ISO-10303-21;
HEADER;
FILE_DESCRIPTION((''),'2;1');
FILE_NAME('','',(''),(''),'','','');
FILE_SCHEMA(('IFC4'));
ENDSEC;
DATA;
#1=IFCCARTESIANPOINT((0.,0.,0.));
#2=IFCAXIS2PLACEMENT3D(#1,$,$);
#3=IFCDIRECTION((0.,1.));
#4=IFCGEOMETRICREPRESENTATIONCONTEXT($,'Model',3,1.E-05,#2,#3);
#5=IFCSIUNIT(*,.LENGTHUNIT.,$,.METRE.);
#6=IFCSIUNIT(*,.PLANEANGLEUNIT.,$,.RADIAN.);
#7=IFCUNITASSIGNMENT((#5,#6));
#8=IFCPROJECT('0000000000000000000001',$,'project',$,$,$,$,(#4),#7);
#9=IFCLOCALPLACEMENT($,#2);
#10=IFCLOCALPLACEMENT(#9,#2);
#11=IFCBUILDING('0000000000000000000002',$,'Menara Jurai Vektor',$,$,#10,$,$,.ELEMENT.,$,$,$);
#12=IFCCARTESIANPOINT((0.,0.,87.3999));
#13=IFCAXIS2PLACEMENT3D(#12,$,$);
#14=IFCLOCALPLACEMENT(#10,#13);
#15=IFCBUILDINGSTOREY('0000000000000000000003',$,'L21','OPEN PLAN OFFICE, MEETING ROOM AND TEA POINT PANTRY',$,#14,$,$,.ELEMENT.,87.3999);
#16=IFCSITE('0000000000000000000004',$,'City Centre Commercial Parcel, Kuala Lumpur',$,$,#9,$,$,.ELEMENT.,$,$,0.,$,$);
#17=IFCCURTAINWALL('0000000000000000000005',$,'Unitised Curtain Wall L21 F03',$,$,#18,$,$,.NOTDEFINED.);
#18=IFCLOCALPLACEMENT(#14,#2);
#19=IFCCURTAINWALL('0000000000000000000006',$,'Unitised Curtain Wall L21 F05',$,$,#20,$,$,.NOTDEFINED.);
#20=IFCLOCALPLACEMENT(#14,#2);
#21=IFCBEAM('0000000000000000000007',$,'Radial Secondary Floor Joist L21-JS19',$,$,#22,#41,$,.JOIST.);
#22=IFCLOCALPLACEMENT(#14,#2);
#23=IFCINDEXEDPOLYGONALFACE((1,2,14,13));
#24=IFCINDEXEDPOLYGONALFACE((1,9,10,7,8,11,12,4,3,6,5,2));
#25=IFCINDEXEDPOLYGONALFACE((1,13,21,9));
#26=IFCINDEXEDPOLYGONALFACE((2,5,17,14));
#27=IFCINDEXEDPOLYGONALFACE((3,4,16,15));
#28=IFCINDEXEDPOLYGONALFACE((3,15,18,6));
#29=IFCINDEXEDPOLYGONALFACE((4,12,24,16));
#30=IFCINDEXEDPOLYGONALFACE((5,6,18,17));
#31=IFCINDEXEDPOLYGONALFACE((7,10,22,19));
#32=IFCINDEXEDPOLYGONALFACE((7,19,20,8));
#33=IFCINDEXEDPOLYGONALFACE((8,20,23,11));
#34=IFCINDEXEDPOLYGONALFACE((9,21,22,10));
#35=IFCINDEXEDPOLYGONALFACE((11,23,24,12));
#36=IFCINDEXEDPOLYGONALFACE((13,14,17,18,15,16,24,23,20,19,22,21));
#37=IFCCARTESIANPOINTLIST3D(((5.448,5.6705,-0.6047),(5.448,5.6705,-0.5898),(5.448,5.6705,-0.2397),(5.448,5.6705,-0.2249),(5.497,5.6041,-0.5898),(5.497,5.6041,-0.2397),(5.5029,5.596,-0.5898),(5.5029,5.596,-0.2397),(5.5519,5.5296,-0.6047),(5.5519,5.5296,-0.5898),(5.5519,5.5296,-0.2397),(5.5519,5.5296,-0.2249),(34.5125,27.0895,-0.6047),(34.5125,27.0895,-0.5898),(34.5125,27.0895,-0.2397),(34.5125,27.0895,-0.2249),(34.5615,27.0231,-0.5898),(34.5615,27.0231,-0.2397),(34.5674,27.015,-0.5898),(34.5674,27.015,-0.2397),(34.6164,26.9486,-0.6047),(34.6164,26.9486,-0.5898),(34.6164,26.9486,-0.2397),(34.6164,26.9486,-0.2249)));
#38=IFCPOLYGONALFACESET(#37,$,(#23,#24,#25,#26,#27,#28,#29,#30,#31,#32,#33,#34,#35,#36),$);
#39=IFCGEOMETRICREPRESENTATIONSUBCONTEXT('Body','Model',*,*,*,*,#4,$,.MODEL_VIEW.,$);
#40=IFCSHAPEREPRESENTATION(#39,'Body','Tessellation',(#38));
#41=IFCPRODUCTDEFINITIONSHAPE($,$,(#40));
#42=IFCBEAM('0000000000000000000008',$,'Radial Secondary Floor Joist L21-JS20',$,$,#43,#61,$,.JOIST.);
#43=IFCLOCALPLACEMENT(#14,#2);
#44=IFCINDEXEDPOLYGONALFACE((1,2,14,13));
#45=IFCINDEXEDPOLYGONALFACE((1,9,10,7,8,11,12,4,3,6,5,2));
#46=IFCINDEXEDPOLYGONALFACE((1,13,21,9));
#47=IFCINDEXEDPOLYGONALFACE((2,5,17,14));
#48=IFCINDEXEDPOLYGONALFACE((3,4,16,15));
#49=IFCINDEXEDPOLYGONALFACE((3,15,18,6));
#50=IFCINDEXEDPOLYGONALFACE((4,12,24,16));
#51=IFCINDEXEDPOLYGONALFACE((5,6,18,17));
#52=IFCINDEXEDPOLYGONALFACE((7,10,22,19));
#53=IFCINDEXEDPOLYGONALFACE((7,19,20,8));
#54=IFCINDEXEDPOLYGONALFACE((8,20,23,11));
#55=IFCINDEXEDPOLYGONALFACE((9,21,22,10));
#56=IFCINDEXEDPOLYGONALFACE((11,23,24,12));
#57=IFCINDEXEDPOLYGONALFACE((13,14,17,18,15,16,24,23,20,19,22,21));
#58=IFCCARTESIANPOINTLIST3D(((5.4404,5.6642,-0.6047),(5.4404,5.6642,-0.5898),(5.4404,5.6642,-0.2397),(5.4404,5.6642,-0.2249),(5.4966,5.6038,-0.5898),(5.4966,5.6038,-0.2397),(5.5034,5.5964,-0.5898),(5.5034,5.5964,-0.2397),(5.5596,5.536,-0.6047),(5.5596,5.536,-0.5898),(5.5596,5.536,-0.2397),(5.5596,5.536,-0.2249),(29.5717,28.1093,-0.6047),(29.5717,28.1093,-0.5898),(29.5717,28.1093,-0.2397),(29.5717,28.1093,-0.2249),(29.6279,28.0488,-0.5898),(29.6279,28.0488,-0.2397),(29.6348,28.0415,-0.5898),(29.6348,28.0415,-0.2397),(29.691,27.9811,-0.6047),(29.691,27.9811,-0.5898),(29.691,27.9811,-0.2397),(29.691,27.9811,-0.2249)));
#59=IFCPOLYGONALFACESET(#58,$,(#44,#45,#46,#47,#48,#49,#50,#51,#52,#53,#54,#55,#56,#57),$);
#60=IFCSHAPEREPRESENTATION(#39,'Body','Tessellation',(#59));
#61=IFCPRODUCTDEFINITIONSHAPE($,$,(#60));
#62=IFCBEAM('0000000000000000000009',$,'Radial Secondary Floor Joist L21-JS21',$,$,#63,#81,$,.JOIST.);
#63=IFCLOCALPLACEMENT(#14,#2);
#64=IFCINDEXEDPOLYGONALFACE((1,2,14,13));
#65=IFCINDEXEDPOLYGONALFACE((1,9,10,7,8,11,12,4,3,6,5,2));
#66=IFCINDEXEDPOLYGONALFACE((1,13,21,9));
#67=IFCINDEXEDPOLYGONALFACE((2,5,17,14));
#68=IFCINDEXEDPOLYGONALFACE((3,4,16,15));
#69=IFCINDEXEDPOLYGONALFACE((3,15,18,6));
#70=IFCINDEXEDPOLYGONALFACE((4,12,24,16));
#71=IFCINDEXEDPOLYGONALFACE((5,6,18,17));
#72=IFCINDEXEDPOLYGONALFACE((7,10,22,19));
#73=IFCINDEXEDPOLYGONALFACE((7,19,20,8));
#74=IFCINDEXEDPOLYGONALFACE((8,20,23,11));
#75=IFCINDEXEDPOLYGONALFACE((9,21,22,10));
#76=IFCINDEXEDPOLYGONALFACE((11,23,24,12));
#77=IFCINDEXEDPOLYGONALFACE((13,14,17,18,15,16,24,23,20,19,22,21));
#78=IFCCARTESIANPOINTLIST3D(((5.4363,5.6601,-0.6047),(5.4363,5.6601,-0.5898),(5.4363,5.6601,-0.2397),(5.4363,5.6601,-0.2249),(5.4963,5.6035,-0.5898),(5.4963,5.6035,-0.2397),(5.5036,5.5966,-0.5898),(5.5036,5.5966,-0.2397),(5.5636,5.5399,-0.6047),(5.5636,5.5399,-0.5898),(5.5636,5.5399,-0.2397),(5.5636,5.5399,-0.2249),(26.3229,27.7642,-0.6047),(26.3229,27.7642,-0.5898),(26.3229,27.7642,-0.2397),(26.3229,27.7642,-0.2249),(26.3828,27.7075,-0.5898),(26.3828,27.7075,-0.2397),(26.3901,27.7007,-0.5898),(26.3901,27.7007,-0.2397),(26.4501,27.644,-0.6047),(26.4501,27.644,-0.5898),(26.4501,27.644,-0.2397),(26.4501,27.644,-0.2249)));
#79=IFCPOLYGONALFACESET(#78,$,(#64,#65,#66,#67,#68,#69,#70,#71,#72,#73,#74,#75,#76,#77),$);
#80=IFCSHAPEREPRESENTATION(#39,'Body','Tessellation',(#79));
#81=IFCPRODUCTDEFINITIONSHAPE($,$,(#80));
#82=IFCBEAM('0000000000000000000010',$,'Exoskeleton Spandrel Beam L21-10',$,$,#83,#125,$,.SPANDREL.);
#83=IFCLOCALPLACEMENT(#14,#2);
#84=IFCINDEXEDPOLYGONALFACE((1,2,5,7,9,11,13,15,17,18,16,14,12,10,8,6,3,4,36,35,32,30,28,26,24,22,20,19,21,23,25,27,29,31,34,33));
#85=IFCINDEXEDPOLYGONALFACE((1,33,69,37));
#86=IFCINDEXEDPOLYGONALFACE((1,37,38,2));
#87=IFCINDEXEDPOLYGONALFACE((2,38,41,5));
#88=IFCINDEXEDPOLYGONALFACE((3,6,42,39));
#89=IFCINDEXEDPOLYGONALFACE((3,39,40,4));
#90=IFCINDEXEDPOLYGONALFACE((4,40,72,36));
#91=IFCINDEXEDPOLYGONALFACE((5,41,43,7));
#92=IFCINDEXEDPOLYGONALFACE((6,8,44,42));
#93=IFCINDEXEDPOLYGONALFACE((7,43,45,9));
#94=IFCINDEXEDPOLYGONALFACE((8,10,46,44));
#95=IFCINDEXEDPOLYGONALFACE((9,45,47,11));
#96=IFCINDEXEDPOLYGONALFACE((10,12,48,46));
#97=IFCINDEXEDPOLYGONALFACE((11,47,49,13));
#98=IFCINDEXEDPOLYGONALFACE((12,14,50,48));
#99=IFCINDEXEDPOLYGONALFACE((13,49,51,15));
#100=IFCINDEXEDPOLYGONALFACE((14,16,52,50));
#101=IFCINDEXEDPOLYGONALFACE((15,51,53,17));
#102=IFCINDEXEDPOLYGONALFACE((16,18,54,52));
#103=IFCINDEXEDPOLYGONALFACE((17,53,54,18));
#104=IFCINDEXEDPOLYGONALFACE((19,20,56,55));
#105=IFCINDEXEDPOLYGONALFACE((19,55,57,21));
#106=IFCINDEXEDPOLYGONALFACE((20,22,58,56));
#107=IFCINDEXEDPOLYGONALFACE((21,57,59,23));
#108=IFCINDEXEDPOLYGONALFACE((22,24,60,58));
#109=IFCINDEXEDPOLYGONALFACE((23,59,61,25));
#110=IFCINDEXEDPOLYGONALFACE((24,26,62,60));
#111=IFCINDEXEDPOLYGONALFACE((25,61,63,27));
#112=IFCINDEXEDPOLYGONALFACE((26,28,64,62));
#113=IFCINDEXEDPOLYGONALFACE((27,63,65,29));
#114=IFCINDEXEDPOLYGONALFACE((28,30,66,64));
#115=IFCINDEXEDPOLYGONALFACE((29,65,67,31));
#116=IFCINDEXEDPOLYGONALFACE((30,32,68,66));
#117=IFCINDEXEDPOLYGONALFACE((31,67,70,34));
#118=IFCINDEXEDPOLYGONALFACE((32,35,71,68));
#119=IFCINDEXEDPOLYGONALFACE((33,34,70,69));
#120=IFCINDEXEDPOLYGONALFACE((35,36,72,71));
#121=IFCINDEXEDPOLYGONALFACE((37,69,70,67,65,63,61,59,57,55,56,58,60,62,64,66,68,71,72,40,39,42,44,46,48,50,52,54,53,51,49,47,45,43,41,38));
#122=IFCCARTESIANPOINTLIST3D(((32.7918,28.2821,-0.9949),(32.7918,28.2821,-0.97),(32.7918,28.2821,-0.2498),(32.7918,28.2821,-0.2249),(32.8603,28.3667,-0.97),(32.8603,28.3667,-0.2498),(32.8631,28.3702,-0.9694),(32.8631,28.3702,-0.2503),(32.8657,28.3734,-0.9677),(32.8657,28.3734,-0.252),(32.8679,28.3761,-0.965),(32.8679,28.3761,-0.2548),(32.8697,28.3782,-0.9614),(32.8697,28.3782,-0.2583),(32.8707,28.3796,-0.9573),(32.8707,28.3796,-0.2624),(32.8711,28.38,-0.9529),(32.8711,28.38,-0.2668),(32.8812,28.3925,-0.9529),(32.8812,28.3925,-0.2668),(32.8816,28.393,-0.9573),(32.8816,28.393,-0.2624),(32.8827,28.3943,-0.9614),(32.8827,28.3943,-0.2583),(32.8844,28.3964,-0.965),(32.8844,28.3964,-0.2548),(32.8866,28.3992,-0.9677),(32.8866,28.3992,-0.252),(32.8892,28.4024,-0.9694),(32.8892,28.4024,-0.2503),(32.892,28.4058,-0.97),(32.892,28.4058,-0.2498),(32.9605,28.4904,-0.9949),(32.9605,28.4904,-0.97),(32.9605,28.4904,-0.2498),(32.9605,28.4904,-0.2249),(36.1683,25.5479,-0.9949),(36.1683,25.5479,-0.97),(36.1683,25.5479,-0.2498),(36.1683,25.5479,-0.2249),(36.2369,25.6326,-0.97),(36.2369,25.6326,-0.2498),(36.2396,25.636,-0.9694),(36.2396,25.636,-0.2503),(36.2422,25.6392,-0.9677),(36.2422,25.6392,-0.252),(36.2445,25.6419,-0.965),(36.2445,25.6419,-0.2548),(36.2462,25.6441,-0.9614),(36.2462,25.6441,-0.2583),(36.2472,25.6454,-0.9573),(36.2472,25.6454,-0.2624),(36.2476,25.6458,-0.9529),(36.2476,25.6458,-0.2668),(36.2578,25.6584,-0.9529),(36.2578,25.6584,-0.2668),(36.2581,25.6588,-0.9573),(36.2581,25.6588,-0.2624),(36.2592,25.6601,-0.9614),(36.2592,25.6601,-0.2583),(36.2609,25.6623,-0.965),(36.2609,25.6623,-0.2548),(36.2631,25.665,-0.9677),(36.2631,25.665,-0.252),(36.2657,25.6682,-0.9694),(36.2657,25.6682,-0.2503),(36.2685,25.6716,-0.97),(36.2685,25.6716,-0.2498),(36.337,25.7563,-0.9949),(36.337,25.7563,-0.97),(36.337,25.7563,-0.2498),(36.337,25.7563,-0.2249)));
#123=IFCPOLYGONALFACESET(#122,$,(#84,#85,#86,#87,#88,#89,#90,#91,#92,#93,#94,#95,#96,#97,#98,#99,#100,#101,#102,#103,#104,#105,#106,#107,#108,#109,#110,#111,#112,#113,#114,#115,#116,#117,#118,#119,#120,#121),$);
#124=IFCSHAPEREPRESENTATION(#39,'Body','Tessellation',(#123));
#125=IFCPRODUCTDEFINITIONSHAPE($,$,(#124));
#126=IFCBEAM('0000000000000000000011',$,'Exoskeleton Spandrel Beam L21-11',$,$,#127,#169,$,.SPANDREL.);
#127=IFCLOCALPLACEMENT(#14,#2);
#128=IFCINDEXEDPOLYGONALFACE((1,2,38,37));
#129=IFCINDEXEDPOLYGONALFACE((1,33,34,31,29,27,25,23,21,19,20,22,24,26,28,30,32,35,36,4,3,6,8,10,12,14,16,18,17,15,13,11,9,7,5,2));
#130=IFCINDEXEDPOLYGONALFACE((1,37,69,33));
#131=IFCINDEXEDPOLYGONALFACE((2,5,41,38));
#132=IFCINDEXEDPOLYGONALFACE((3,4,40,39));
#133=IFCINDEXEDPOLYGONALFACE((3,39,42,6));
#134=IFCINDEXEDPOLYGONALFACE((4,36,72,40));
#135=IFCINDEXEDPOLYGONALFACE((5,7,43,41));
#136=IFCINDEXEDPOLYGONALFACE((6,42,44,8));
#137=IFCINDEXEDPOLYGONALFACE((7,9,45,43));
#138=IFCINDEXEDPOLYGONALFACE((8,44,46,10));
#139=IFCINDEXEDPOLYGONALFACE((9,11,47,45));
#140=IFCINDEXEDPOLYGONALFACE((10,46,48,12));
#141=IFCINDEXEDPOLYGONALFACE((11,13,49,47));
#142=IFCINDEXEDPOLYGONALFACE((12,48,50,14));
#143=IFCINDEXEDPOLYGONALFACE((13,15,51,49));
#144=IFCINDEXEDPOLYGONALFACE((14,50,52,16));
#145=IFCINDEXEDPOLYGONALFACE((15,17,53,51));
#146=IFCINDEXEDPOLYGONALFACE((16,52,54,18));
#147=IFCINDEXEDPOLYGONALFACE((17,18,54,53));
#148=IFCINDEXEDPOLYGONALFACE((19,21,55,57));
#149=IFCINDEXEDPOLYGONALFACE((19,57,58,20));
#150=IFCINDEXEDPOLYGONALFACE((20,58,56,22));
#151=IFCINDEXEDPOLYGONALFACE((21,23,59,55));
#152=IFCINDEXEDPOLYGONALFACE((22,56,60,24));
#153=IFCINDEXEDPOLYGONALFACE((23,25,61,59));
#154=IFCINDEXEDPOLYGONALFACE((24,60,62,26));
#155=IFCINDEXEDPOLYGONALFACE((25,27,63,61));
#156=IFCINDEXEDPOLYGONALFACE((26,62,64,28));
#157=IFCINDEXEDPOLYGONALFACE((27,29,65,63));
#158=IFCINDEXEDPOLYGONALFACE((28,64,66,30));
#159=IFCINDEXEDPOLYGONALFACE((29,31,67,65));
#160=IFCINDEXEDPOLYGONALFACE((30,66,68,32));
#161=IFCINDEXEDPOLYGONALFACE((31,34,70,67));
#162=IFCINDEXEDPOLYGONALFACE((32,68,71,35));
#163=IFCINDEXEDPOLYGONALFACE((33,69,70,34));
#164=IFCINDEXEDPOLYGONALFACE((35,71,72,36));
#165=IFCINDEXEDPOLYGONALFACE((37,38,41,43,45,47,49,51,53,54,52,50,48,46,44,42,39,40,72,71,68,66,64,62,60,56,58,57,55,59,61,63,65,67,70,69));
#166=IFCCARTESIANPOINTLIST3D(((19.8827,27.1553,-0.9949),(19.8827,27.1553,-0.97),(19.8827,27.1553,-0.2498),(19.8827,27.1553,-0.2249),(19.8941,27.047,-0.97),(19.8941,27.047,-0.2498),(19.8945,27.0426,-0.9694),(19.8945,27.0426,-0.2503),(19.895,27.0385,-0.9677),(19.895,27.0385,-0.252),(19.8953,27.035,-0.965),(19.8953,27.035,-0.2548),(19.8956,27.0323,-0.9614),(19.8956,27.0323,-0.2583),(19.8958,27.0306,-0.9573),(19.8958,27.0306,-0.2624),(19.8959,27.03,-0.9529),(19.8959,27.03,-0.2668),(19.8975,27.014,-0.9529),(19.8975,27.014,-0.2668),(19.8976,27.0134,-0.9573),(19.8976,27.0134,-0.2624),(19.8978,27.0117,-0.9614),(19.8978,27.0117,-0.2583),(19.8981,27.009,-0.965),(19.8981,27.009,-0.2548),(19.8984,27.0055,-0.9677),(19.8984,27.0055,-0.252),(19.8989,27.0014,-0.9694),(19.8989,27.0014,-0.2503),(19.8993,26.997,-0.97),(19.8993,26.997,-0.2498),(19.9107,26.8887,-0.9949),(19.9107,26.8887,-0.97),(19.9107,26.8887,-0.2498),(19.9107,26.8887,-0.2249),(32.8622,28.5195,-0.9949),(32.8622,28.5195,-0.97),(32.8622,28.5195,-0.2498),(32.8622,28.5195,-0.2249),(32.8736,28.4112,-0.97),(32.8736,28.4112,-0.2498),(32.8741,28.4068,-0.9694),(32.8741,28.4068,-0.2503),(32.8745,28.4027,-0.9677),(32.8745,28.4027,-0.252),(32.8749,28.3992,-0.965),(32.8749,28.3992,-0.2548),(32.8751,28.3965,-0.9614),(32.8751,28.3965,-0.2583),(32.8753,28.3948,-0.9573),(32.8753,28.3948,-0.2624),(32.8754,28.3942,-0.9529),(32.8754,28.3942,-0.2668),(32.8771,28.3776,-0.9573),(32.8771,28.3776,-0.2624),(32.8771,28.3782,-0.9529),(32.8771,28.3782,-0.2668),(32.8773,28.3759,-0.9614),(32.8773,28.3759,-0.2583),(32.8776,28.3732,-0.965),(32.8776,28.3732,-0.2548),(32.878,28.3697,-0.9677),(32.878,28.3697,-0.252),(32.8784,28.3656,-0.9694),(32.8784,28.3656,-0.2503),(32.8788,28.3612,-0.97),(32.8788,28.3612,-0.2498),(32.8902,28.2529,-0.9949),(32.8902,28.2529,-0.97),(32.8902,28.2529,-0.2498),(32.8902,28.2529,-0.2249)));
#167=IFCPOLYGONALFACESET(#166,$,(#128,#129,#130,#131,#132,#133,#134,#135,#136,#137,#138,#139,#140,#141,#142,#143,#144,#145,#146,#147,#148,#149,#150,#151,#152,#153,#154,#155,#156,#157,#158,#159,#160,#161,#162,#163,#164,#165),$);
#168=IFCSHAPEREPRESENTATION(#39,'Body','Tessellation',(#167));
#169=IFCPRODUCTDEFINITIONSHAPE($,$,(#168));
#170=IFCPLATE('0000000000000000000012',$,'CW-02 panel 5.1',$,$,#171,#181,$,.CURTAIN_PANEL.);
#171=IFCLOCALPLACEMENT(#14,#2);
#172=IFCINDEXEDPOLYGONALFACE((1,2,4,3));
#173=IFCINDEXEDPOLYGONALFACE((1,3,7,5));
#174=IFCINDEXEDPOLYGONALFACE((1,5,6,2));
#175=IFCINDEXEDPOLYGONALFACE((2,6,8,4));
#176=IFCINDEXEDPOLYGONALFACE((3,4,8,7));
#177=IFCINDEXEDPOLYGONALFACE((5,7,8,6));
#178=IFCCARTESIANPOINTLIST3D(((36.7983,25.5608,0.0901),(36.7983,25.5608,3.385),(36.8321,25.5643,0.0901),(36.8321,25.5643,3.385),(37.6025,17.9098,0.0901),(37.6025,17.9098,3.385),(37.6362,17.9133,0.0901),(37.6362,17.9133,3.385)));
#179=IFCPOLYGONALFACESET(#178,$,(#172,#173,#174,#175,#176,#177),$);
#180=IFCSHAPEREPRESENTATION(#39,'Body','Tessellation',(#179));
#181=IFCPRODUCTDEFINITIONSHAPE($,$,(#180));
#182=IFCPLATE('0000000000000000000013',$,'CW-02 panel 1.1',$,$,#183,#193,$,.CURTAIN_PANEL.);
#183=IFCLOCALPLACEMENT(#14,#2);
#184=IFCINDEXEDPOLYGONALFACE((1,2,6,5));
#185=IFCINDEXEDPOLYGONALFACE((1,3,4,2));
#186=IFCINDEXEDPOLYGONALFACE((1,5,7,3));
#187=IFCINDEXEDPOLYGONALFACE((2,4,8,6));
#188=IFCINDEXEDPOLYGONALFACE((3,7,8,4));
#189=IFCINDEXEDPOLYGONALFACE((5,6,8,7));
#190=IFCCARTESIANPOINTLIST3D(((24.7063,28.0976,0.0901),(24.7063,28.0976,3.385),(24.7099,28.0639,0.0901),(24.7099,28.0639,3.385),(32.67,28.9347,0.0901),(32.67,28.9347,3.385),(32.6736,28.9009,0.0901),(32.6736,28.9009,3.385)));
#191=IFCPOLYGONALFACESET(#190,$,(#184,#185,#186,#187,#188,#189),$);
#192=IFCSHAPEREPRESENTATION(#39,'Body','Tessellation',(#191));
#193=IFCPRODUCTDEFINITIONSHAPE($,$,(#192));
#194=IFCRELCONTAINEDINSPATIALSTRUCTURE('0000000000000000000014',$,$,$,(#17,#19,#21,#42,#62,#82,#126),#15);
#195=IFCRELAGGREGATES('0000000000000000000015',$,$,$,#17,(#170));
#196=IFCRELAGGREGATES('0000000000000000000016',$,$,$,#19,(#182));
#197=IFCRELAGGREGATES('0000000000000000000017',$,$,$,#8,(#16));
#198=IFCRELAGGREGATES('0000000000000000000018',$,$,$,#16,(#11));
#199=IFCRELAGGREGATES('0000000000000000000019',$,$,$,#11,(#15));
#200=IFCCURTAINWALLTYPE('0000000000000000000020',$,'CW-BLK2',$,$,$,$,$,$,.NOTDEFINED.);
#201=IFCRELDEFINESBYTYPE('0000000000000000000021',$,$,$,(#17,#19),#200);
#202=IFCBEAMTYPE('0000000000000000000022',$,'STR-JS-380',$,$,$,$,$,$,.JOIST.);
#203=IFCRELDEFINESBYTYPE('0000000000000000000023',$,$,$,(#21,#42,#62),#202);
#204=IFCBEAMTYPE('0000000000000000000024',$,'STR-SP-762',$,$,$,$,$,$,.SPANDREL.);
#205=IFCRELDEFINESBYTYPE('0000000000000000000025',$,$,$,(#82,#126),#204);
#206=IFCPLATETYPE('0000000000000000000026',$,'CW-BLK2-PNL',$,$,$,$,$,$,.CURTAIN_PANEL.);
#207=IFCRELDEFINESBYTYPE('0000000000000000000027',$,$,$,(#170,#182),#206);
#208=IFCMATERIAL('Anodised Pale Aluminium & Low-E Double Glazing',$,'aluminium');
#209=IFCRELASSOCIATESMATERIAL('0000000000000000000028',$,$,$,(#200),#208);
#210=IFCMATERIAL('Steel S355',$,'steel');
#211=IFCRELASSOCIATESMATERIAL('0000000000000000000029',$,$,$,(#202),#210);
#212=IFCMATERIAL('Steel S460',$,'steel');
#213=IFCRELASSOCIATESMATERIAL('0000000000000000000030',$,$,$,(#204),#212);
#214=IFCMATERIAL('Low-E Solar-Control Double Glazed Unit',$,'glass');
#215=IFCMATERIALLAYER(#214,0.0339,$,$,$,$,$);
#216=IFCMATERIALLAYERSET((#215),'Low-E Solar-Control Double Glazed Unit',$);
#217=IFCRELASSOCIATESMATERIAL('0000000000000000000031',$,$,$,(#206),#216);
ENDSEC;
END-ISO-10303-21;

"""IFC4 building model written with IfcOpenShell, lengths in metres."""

from ifc_helpers import new_model, si_unit, direction, frame, origin, origin_2d, place, context, subcontext, project, spatial, rectangle, i_section, extrude, material, layer, layer_set, material_profile, profile_set, type_object, element, aggregate, save


model = new_model("IFC4")

# Units and contexts
model_context = context("Model", 3, precision=1e-05, world=origin(), true_north=direction((0.0, 1.0)))
body_context = subcontext(model_context, "Body", "Model", "MODEL_VIEW")
ifc_project = project(units=[si_unit("LENGTHUNIT", "METRE"), si_unit("PLANEANGLEUNIT", "RADIAN")], contexts=[model_context])

# Site, building, storey
site_placement = place(None, origin())
site = spatial("IfcSite", under=ifc_project, at=site_placement, Name="City Centre Commercial Parcel, Kuala Lumpur", CompositionType="ELEMENT", RefElevation=0.0)
building_placement = place(site_placement, origin())
building = spatial("IfcBuilding", under=site, at=building_placement, Name="Menara Jurai Vektor", CompositionType="ELEMENT")
storey_placement = place(building_placement, frame((0.0, 0.0, 87.3999)))
storey = spatial("IfcBuildingStorey", under=building, at=storey_placement, Name="L21", Description="OPEN PLAN OFFICE, MEETING ROOM AND TEA POINT PANTRY", CompositionType="ELEMENT", Elevation=87.3999)

# Shared definitions
ifc_material_1 = material(Name="Steel S460", Category="steel")

# Curtain wall
ifc_material_2 = material(Name="Anodised Pale Aluminium & Low-E Double Glazing", Category="aluminium")
curtain_wall_type = type_object("IfcCurtainWallType", Name="CW-BLK2", PredefinedType="NOTDEFINED", material=ifc_material_2)
curtain_wall_1_placement = place(storey_placement, origin())
curtain_wall_1 = element("IfcCurtainWall", 1, at=curtain_wall_1_placement, inside=storey, type_object=curtain_wall_type, Name="Unitised Curtain Wall L21 F03", PredefinedType="NOTDEFINED")

# Curtain wall
curtain_wall_2_placement = place(storey_placement, origin())
curtain_wall_2 = element("IfcCurtainWall", 2, at=curtain_wall_2_placement, inside=storey, type_object=curtain_wall_type, Name="Unitised Curtain Wall L21 F05", PredefinedType="NOTDEFINED")

# Shared definitions
ifc_material_3 = material(Name="Steel S355", Category="steel")

# Beams
ifc_material_profile_1 = material_profile(ifc_material_3, i_section(OverallWidth=0.175, OverallDepth=0.3799, WebThickness=0.01, FlangeThickness=0.0149, at=origin_2d()), Name="PG 380x175x58")
ifc_profile_set_1 = profile_set([ifc_material_profile_1], Name="Steel S355")
beam_type_1 = type_object("IfcBeamType", Name="STR-JS-380", PredefinedType="JOIST", material=ifc_profile_set_1)
beam_1_placement = place(storey_placement, frame((34.5645, 27.019, -0.4148), z_axis=(-0.805016, -0.593253, 0.0), x_axis=(0.593253, -0.805016, 0.0)))
element("IfcBeam", 3, at=beam_1_placement, inside=storey, type_object=beam_type_1, Name="Radial Secondary Floor Joist L21-JS19", PredefinedType="JOIST", context=body_context, shape_type="SweptSolid", body=[
    extrude(i_section(OverallWidth=0.175, OverallDepth=0.3799, WebThickness=0.01, FlangeThickness=0.0149, at=origin_2d()), origin(), (0.0, 0.0, 1.0), 36.1042),
])
beam_2_placement = place(storey_placement, frame((29.6313, 28.0452, -0.4148), z_axis=(-0.732228, -0.68106, 0.0), x_axis=(0.68106, -0.732228, 0.0)))
element("IfcBeam", 4, at=beam_2_placement, inside=storey, type_object=beam_type_1, Name="Radial Secondary Floor Joist L21-JS20", PredefinedType="JOIST", context=body_context, shape_type="SweptSolid", body=[
    extrude(i_section(OverallWidth=0.175, OverallDepth=0.3799, WebThickness=0.01, FlangeThickness=0.0149, at=origin_2d()), origin(), (0.0, 0.0, 1.0), 32.9561),
])
beam_3_placement = place(storey_placement, frame((26.3865, 27.7041, -0.4148), z_axis=(-0.686805, -0.726841, 0.0), x_axis=(0.726841, -0.686805, 0.0)))
element("IfcBeam", 5, at=beam_3_placement, inside=storey, type_object=beam_type_1, Name="Radial Secondary Floor Joist L21-JS21", PredefinedType="JOIST", context=body_context, shape_type="SweptSolid", body=[
    extrude(i_section(OverallWidth=0.175, OverallDepth=0.3799, WebThickness=0.01, FlangeThickness=0.0149, at=origin_2d()), origin(), (0.0, 0.0, 1.0), 30.4111),
])
ifc_material_profile_2 = material_profile(ifc_material_1, i_section(OverallWidth=0.2681, OverallDepth=0.77, WebThickness=0.0161, FlangeThickness=0.0249, FilletRadius=0.0171, at=origin_2d()), Name="UKB 762x267x197")
ifc_profile_set_2 = profile_set([ifc_material_profile_2], Name="Steel S460")
beam_type_2 = type_object("IfcBeamType", Name="STR-SP-762", PredefinedType="SPANDREL", material=ifc_profile_set_2)
beam_4_placement = place(storey_placement, frame((36.2527, 25.6521, -0.6099), z_axis=(-0.777155, 0.62931, 0.0), x_axis=(-0.62931, -0.777155, 0.0)))
element("IfcBeam", 6, at=beam_4_placement, inside=storey, type_object=beam_type_2, Name="Exoskeleton Spandrel Beam L21-10", PredefinedType="SPANDREL", context=body_context, shape_type="SweptSolid", body=[
    extrude(i_section(OverallWidth=0.2681, OverallDepth=0.77, WebThickness=0.0161, FlangeThickness=0.0249, FilletRadius=0.0171, at=origin_2d()), origin(), (0.0, 0.0, 1.0), 4.3447),
])
beam_5_placement = place(storey_placement, frame((32.8762, 28.3862, -0.6099), z_axis=(-0.994521, -0.104533, 0.0), x_axis=(0.104533, -0.994521, 0.0)))
element("IfcBeam", 7, at=beam_5_placement, inside=storey, type_object=beam_type_2, Name="Exoskeleton Spandrel Beam L21-11", PredefinedType="SPANDREL", context=body_context, shape_type="SweptSolid", body=[
    extrude(i_section(OverallWidth=0.2681, OverallDepth=0.77, WebThickness=0.0161, FlangeThickness=0.0249, FilletRadius=0.0171, at=origin_2d()), origin(), (0.0, 0.0, 1.0), 13.051),
])

# Plates
ifc_material_4 = material(Name="Low-E Solar-Control Double Glazed Unit", Category="glass")
ifc_layer_1 = layer(ifc_material_4, 0.0339)
ifc_layer_set_1 = layer_set([ifc_layer_1], Name="Low-E Solar-Control Double Glazed Unit")
plate_type_1 = type_object("IfcPlateType", Name="CW-BLK2-PNL", PredefinedType="CURTAIN_PANEL", material=ifc_layer_set_1)
plate_1_placement = place(storey_placement, frame((37.2173, 21.7371, 0.0901), z_axis=(0.0, 0.0, 1.0), x_axis=(-0.10453, 0.994522, 0.0)))
plate_1 = element("IfcPlate", 8, at=plate_1_placement, type_object=plate_type_1, Name="CW-02 panel 5.1", PredefinedType="CURTAIN_PANEL", context=body_context, shape_type="SweptSolid", body=[
    extrude(rectangle(XDim=7.6931, YDim=0.0339, at=origin_2d()), origin(), (0.0, 0.0, 1.0), 3.2949),
])
aggregate(curtain_wall_1, [plate_1])
plate_2_placement = place(storey_placement, frame((28.6899, 28.4993, 0.0901), z_axis=(0.0, 0.0, 1.0), x_axis=(-0.994522, -0.104529, 0.0)))
plate_2 = element("IfcPlate", 9, at=plate_2_placement, type_object=plate_type_1, Name="CW-02 panel 1.1", PredefinedType="CURTAIN_PANEL", context=body_context, shape_type="SweptSolid", body=[
    extrude(rectangle(XDim=8.0076, YDim=0.0339, at=origin_2d()), origin(), (0.0, 0.0, 1.0), 3.2949),
])
aggregate(curtain_wall_2, [plate_2])

save(model, "model.ifc")
